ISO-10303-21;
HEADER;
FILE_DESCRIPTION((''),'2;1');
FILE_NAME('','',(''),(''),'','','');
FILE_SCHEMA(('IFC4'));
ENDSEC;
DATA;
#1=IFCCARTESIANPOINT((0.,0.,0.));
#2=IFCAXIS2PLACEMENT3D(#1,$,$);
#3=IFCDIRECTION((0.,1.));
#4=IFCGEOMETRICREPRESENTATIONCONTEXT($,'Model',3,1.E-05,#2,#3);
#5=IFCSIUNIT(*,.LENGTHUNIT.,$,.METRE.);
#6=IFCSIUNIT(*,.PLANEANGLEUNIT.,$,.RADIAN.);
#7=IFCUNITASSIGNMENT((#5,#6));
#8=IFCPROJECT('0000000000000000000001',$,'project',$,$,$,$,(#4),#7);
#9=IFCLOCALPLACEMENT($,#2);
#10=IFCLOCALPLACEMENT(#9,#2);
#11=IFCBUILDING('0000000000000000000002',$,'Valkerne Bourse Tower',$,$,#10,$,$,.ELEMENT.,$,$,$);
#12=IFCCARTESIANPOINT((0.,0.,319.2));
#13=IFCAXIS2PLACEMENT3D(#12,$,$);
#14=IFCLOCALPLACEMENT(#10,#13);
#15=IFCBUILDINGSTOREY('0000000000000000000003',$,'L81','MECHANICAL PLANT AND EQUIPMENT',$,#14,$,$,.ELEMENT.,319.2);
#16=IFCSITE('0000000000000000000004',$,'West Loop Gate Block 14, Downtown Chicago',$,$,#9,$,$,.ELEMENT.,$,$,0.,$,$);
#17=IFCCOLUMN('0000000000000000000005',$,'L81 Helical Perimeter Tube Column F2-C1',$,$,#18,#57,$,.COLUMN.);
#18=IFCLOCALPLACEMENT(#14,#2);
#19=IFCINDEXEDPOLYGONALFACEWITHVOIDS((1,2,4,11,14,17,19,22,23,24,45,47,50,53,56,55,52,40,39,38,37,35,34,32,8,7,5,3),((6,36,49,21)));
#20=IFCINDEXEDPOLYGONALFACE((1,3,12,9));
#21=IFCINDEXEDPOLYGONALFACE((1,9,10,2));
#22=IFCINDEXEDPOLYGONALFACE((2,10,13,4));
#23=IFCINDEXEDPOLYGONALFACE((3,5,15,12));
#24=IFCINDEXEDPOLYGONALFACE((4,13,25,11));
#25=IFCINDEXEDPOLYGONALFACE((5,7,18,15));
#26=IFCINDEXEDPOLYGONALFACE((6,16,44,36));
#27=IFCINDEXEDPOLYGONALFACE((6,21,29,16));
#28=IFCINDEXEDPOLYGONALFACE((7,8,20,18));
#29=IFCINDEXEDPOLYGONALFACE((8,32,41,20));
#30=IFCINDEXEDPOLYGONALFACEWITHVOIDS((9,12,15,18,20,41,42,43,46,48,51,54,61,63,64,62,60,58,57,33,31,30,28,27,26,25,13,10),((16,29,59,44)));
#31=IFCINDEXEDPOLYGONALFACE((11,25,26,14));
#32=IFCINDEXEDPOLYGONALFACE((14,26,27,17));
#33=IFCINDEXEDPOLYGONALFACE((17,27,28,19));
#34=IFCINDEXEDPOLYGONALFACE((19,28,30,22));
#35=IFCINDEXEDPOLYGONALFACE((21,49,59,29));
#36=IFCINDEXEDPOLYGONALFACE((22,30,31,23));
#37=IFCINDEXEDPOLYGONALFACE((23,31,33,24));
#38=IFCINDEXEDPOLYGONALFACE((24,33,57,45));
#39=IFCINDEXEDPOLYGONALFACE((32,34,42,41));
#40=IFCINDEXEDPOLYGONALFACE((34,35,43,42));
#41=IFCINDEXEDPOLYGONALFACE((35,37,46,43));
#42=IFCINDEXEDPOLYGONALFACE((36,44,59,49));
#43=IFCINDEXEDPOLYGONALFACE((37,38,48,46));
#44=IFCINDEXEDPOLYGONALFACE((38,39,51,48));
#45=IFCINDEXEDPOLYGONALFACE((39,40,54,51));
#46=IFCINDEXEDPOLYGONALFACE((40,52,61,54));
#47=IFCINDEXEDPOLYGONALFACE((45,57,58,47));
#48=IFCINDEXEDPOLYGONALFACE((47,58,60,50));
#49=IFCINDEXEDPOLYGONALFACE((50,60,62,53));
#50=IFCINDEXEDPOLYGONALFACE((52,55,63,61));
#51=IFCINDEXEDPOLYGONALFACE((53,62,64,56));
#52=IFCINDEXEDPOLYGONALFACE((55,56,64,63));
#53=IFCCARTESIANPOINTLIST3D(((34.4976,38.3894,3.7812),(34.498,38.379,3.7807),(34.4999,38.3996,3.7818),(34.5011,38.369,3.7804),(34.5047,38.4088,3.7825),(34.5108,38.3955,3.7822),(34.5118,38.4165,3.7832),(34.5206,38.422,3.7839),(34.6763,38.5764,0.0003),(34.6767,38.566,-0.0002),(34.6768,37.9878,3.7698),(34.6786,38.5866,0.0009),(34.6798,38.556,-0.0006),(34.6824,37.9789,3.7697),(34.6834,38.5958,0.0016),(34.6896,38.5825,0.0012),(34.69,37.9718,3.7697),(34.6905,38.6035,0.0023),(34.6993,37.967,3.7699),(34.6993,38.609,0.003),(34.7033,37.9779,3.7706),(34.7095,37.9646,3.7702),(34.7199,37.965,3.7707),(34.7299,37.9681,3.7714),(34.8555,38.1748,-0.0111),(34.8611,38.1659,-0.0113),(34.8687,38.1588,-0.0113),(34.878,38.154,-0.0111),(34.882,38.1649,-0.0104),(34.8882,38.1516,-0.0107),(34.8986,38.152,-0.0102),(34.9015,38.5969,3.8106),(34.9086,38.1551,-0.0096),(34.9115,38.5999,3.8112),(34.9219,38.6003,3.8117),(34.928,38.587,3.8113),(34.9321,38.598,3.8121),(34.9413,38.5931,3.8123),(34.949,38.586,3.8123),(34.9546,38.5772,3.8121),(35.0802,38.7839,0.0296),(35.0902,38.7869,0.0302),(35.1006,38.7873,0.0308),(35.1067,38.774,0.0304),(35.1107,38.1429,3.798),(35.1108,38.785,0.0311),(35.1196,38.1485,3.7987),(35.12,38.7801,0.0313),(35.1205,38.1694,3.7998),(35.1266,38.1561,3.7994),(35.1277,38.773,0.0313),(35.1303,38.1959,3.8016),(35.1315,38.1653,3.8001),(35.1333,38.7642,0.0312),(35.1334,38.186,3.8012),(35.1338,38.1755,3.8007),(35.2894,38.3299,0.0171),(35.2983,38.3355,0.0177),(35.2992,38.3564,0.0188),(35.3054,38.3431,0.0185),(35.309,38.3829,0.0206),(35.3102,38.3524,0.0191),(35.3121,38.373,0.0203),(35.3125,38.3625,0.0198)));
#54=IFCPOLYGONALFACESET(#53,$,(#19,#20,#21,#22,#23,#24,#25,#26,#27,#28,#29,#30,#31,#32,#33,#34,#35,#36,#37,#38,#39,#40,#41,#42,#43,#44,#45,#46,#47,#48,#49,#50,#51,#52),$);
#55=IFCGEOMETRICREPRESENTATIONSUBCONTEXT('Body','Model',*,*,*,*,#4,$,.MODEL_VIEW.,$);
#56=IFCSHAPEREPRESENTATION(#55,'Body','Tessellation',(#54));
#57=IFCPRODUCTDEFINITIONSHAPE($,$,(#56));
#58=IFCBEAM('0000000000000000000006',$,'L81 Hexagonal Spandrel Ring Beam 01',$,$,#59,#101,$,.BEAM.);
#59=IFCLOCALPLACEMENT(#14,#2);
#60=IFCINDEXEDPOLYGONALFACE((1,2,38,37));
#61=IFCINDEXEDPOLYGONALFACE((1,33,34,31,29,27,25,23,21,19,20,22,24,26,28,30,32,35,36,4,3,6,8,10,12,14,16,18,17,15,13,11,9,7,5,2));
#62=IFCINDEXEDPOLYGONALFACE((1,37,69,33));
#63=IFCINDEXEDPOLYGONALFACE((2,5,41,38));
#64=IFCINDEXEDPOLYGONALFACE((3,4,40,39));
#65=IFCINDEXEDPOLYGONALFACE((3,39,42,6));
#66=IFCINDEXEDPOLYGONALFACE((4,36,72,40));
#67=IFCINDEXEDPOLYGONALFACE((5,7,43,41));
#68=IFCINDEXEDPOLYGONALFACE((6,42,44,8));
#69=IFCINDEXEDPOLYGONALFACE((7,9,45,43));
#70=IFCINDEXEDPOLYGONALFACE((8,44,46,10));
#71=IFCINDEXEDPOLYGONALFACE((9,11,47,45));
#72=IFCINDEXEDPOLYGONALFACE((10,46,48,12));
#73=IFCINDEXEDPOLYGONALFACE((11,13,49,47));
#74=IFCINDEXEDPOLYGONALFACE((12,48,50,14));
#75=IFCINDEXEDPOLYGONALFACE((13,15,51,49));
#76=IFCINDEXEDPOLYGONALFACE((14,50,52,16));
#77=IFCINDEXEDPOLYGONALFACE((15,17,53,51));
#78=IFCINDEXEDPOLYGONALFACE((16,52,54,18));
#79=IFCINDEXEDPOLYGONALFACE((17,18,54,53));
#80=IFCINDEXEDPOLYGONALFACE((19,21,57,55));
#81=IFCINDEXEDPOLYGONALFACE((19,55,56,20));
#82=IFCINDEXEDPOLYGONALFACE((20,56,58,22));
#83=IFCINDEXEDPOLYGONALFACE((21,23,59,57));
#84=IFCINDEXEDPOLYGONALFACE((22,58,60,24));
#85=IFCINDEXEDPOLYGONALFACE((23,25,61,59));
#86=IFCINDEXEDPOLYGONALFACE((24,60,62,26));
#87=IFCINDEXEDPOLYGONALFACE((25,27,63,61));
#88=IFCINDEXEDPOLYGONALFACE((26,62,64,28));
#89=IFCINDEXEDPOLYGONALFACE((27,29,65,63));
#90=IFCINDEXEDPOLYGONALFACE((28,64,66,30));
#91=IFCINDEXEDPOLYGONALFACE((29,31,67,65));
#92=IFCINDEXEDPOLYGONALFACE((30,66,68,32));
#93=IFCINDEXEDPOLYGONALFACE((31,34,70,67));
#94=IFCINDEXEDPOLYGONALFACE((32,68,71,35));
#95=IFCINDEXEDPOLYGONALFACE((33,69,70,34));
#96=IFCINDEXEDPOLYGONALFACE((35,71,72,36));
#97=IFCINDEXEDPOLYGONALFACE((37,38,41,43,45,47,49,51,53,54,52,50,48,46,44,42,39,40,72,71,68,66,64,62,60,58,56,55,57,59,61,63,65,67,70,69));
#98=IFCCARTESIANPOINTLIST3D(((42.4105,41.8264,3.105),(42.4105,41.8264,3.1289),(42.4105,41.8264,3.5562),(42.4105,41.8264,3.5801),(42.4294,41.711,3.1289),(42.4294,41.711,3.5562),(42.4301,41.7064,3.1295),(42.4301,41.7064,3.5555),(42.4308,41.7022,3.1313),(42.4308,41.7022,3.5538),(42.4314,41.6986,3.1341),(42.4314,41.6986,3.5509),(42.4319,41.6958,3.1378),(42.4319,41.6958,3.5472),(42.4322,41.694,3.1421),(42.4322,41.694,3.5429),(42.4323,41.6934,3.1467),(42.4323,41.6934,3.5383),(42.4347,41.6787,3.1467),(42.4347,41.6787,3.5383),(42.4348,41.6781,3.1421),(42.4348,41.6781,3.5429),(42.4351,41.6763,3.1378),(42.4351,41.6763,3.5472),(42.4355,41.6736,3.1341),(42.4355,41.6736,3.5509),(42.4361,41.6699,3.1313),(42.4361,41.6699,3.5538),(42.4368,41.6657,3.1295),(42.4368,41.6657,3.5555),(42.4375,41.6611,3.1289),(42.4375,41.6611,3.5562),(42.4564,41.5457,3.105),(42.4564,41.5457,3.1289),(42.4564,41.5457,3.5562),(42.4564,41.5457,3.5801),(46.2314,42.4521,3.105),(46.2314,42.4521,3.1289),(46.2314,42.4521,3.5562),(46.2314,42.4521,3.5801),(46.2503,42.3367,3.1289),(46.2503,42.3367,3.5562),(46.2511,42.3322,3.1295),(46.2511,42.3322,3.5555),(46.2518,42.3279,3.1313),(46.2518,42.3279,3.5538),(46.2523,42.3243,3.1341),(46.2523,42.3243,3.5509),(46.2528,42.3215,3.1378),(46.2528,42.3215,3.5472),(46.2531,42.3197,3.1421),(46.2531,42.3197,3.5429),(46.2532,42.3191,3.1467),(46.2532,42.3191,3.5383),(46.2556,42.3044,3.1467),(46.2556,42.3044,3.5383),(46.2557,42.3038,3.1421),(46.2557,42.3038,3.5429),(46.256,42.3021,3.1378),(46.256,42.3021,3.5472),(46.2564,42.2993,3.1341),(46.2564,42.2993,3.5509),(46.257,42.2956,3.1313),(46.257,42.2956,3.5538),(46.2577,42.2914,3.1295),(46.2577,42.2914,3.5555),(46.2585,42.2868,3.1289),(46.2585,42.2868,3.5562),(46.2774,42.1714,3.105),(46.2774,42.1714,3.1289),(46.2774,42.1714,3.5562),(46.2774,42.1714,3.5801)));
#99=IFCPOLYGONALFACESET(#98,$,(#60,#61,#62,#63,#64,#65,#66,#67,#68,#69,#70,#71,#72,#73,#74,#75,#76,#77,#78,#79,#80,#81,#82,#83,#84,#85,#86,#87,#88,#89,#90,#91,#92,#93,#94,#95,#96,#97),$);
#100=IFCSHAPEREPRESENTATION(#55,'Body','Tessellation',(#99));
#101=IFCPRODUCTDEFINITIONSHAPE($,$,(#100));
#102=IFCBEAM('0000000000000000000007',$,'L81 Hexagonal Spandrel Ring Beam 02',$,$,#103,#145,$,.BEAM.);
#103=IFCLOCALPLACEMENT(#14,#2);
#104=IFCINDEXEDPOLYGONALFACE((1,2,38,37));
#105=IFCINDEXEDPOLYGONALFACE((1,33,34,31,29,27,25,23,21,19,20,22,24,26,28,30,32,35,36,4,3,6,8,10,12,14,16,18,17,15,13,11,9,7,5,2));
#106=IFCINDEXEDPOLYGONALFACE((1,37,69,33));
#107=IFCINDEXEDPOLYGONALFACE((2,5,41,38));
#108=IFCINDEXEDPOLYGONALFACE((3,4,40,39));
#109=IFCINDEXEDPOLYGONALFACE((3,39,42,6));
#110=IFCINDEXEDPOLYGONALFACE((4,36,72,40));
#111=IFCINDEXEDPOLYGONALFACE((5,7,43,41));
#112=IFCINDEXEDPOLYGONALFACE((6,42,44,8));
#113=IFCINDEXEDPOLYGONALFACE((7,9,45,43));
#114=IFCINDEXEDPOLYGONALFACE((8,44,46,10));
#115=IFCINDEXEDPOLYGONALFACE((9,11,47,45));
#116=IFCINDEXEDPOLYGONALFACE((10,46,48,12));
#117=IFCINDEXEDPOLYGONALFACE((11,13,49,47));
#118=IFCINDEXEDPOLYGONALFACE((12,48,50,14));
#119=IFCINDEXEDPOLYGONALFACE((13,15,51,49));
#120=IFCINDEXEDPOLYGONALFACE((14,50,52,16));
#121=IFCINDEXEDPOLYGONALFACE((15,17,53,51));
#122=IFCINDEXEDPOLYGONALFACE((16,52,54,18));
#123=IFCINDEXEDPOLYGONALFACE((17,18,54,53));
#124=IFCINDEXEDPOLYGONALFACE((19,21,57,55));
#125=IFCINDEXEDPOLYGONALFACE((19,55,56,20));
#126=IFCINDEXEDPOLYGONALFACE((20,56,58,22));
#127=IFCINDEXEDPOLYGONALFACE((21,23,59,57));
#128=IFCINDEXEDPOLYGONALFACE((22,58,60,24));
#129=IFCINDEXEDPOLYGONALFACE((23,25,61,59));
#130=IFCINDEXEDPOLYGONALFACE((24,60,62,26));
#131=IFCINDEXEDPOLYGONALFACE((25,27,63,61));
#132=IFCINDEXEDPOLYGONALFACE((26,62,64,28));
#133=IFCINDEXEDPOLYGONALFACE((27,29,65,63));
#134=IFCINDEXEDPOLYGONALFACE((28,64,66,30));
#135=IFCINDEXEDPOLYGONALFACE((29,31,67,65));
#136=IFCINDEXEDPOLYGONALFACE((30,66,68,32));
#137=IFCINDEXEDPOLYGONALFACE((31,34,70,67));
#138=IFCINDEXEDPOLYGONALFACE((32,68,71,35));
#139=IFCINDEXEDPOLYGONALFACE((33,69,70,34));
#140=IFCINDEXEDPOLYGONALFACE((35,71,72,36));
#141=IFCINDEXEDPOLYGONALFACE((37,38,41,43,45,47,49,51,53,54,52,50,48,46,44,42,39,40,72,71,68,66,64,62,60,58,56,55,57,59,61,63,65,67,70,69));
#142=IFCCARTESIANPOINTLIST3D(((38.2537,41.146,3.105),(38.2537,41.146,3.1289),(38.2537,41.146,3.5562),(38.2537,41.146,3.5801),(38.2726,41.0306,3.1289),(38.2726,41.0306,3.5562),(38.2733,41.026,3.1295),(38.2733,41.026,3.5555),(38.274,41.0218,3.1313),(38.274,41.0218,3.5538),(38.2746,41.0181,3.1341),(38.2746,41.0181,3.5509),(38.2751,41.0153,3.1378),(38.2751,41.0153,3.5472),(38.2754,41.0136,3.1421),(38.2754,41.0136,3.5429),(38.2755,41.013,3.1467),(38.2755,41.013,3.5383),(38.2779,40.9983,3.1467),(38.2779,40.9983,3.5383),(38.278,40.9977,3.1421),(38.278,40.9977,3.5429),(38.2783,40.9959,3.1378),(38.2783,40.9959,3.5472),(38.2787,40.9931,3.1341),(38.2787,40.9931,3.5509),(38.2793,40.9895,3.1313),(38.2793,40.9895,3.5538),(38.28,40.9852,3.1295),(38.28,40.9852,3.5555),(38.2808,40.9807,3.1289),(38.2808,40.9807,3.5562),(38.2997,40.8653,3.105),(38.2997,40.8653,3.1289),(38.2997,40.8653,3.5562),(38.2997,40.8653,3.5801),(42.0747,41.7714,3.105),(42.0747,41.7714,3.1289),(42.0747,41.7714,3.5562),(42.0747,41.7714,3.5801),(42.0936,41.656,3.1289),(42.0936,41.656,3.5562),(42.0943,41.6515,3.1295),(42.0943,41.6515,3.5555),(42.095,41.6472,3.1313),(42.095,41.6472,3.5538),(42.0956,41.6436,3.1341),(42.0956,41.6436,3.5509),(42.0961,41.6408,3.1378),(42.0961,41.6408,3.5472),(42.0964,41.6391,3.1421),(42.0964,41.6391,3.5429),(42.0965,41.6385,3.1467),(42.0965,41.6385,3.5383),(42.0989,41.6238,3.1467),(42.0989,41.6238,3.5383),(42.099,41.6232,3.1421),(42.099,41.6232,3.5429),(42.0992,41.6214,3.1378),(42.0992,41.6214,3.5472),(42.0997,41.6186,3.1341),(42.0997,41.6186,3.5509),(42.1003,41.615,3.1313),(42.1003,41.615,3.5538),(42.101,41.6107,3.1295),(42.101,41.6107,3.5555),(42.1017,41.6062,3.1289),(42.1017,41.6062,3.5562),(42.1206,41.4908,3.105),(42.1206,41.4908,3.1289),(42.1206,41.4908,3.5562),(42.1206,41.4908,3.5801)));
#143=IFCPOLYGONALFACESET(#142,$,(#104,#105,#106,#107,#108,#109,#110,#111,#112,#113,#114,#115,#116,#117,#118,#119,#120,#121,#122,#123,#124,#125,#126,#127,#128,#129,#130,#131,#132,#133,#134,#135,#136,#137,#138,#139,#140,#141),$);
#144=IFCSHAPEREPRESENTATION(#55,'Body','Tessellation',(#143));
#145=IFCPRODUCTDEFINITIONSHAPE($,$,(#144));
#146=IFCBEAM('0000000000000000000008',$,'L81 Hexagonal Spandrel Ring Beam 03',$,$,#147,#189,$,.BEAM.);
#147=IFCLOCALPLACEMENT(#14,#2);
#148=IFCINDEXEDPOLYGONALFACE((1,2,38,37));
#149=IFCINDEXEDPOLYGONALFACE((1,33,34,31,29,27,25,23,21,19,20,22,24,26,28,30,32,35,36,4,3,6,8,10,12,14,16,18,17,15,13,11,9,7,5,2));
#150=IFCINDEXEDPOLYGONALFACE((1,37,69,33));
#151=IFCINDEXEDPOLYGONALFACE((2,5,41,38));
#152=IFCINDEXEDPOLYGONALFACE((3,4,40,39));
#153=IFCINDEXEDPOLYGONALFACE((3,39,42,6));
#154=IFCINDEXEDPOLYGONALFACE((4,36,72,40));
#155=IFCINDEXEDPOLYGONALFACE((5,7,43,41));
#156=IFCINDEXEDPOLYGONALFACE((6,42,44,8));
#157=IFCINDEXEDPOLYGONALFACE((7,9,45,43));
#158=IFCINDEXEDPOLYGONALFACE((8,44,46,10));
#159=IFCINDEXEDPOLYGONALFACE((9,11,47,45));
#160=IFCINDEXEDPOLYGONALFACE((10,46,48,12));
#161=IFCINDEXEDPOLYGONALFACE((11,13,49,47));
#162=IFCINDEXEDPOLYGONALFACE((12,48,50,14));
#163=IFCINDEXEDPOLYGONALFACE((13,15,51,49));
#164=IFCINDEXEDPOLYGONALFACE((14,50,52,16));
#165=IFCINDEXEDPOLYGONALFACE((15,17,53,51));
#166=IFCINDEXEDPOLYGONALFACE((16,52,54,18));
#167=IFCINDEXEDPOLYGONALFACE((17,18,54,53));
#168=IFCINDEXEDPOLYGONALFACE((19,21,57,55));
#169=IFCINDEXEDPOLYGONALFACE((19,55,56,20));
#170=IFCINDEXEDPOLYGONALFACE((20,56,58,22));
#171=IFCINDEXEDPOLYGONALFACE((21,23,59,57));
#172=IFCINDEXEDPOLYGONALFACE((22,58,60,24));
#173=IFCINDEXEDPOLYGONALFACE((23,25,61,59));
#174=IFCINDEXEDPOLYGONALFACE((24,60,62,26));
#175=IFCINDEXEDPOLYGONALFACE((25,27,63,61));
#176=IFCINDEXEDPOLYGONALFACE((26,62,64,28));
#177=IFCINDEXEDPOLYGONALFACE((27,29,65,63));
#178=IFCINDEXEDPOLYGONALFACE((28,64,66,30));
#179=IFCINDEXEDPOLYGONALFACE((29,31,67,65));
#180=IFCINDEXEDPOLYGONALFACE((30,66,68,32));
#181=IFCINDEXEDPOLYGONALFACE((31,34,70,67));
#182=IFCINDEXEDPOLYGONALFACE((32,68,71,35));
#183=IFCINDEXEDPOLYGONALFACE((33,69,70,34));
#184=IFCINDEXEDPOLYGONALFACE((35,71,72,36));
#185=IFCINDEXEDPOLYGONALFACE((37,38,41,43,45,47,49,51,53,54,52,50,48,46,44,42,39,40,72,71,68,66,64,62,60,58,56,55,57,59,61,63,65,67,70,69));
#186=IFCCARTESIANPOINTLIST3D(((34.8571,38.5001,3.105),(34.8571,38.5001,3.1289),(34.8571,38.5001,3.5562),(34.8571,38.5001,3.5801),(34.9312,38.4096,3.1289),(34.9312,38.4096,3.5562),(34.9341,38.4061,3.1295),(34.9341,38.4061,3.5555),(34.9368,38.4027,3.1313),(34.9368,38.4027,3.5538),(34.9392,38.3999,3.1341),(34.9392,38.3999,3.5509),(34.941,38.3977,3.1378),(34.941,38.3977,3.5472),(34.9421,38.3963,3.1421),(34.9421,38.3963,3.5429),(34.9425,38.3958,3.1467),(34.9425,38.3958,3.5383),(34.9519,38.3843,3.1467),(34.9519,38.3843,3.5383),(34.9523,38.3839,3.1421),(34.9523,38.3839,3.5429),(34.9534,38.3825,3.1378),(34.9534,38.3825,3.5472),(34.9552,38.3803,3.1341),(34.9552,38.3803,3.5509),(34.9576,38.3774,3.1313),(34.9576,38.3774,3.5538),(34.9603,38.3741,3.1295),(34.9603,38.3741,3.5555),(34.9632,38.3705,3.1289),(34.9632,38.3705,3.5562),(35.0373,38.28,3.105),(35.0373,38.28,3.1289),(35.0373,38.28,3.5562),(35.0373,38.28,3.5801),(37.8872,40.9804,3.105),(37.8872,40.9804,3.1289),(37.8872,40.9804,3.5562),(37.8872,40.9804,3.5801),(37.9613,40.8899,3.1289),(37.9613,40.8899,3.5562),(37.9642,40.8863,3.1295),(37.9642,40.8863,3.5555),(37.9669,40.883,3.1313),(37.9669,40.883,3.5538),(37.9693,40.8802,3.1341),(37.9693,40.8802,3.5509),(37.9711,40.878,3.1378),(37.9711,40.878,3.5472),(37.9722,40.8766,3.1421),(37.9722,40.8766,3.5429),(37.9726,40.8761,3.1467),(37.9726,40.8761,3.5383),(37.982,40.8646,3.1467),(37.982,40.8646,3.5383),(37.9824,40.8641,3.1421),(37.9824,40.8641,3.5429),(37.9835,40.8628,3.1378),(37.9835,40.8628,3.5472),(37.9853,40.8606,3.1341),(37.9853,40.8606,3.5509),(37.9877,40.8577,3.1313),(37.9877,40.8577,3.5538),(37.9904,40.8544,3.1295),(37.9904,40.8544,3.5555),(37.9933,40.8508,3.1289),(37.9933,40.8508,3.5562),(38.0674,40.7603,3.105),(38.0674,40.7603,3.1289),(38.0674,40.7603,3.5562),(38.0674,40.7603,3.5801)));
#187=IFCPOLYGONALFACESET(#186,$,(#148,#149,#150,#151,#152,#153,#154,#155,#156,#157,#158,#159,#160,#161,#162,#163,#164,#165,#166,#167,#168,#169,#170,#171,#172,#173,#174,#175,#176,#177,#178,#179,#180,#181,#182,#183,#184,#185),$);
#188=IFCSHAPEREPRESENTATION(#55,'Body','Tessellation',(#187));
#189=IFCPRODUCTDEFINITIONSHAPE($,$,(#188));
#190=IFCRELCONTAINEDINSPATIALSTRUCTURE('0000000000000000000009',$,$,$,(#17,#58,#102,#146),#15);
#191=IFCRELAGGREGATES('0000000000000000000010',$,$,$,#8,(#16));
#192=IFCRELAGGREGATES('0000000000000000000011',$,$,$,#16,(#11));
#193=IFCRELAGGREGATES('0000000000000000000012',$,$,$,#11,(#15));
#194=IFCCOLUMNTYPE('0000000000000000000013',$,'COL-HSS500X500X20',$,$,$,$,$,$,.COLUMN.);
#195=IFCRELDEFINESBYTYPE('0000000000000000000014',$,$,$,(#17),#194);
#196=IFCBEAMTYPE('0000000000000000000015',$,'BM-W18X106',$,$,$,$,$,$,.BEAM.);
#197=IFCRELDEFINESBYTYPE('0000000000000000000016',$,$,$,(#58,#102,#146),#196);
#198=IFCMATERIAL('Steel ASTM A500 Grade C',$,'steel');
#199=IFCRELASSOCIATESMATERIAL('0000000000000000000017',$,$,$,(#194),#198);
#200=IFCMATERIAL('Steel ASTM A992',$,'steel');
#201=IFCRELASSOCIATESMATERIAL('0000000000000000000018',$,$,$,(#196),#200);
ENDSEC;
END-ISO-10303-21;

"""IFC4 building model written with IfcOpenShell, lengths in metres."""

from ifc_helpers import new_model, si_unit, direction, frame, origin, origin_2d, place, context, subcontext, project, spatial, hollow_rectangle, i_section, extrude, material, material_profile, profile_set, type_object, element, save


model = new_model("IFC4")

# Units and contexts
model_context = context("Model", 3, precision=1e-05, world=origin(), true_north=direction((0.0, 1.0)))
body_context = subcontext(model_context, "Body", "Model", "MODEL_VIEW")
ifc_project = project(units=[si_unit("LENGTHUNIT", "METRE"), si_unit("PLANEANGLEUNIT", "RADIAN")], contexts=[model_context])

# Site, building, storey
site_placement = place(None, origin())
site = spatial("IfcSite", under=ifc_project, at=site_placement, Name="West Loop Gate Block 14, Downtown Chicago", CompositionType="ELEMENT", RefElevation=0.0)
building_placement = place(site_placement, origin())
building = spatial("IfcBuilding", under=site, at=building_placement, Name="Valkerne Bourse Tower", CompositionType="ELEMENT")
storey_placement = place(building_placement, frame((0.0, 0.0, 319.2)))
storey = spatial("IfcBuildingStorey", under=building, at=storey_placement, Name="L81", Description="MECHANICAL PLANT AND EQUIPMENT", CompositionType="ELEMENT", Elevation=319.2)

# Column
ifc_material_1 = material(Name="Steel ASTM A500 Grade C", Category="steel")
ifc_material_profile_1 = material_profile(ifc_material_1, hollow_rectangle(XDim=0.5, YDim=0.5, WallThickness=0.02, OuterFilletRadius=0.04, at=origin_2d()), Name="HSS500X500X20")
ifc_profile_set_1 = profile_set([ifc_material_profile_1], Name="Steel ASTM A500 Grade C")
column_type_1 = type_object("IfcColumnType", Name="COL-HSS500X500X20", PredefinedType="COLUMN", material=ifc_profile_set_1)
for number, where, z_axis, x_axis, name in (
    (1, (34.9944, 38.4695, 0.01), (-0.047155, -0.049345, 0.997668), (-0.907009, -0.416303, -0.063461), "L81 Helical Perimeter Tube Column F2-C1"),
):
    element("IfcColumn", number, at=place(storey_placement, frame(where, z_axis=z_axis, x_axis=x_axis)), inside=storey, type_object=column_type_1, Name=name, PredefinedType="COLUMN", context=body_context, shape_type="SweptSolid", body=[
        extrude(hollow_rectangle(XDim=0.5, YDim=0.5, WallThickness=0.02, OuterFilletRadius=0.04, at=origin_2d()), origin(), (0.0, 0.0, 1.0), 3.7898),
    ])

# Beams
ifc_material_2 = material(Name="Steel ASTM A992", Category="steel")
ifc_material_profile_2 = material_profile(ifc_material_2, i_section(OverallWidth=0.2844, OverallDepth=0.4751, WebThickness=0.0149, FlangeThickness=0.0239, FilletRadius=0.0178, at=origin_2d()), Name="W18X106")
ifc_profile_set_2 = profile_set([ifc_material_profile_2], Name="Steel ASTM A992")
beam_type_1 = type_object("IfcBeamType", Name="BM-W18X106", PredefinedType="BEAM", material=ifc_profile_set_2)
for number, where, z_axis, x_axis, name in (
    (2, (46.2544, 42.3118, 3.3425), (-0.986855, -0.161607, 0.0), (0.161607, -0.986855, 0.0), "L81 Hexagonal Spandrel Ring Beam 01"),
    (3, (42.0977, 41.6311, 3.3425), (-0.986865, -0.161546, 0.0), (0.161546, -0.986865, 0.0), "L81 Hexagonal Spandrel Ring Beam 02"),
):
    element("IfcBeam", number, at=place(storey_placement, frame(where, z_axis=z_axis, x_axis=x_axis)), inside=storey, type_object=beam_type_1, Name=name, PredefinedType="BEAM", context=body_context, shape_type="SweptSolid", body=[
        extrude(i_section(OverallWidth=0.2844, OverallDepth=0.4751, WebThickness=0.0149, FlangeThickness=0.0239, FilletRadius=0.0178, at=origin_2d()), origin(), (0.0, 0.0, 1.0), 3.8718),
    ])
beam_1_placement = place(storey_placement, frame((37.9773, 40.8704, 3.3425), z_axis=(-0.773818, -0.633408, 0.0), x_axis=(0.633408, -0.773818, 0.0)))
element("IfcBeam", 4, at=beam_1_placement, inside=storey, type_object=beam_type_1, Name="L81 Hexagonal Spandrel Ring Beam 03", PredefinedType="BEAM", context=body_context, shape_type="SweptSolid", body=[
    extrude(i_section(OverallWidth=0.2844, OverallDepth=0.4751, WebThickness=0.0149, FlangeThickness=0.0239, FilletRadius=0.0178, at=origin_2d()), origin(), (0.0, 0.0, 1.0), 3.9158),
])

save(model, "model.ifc")
